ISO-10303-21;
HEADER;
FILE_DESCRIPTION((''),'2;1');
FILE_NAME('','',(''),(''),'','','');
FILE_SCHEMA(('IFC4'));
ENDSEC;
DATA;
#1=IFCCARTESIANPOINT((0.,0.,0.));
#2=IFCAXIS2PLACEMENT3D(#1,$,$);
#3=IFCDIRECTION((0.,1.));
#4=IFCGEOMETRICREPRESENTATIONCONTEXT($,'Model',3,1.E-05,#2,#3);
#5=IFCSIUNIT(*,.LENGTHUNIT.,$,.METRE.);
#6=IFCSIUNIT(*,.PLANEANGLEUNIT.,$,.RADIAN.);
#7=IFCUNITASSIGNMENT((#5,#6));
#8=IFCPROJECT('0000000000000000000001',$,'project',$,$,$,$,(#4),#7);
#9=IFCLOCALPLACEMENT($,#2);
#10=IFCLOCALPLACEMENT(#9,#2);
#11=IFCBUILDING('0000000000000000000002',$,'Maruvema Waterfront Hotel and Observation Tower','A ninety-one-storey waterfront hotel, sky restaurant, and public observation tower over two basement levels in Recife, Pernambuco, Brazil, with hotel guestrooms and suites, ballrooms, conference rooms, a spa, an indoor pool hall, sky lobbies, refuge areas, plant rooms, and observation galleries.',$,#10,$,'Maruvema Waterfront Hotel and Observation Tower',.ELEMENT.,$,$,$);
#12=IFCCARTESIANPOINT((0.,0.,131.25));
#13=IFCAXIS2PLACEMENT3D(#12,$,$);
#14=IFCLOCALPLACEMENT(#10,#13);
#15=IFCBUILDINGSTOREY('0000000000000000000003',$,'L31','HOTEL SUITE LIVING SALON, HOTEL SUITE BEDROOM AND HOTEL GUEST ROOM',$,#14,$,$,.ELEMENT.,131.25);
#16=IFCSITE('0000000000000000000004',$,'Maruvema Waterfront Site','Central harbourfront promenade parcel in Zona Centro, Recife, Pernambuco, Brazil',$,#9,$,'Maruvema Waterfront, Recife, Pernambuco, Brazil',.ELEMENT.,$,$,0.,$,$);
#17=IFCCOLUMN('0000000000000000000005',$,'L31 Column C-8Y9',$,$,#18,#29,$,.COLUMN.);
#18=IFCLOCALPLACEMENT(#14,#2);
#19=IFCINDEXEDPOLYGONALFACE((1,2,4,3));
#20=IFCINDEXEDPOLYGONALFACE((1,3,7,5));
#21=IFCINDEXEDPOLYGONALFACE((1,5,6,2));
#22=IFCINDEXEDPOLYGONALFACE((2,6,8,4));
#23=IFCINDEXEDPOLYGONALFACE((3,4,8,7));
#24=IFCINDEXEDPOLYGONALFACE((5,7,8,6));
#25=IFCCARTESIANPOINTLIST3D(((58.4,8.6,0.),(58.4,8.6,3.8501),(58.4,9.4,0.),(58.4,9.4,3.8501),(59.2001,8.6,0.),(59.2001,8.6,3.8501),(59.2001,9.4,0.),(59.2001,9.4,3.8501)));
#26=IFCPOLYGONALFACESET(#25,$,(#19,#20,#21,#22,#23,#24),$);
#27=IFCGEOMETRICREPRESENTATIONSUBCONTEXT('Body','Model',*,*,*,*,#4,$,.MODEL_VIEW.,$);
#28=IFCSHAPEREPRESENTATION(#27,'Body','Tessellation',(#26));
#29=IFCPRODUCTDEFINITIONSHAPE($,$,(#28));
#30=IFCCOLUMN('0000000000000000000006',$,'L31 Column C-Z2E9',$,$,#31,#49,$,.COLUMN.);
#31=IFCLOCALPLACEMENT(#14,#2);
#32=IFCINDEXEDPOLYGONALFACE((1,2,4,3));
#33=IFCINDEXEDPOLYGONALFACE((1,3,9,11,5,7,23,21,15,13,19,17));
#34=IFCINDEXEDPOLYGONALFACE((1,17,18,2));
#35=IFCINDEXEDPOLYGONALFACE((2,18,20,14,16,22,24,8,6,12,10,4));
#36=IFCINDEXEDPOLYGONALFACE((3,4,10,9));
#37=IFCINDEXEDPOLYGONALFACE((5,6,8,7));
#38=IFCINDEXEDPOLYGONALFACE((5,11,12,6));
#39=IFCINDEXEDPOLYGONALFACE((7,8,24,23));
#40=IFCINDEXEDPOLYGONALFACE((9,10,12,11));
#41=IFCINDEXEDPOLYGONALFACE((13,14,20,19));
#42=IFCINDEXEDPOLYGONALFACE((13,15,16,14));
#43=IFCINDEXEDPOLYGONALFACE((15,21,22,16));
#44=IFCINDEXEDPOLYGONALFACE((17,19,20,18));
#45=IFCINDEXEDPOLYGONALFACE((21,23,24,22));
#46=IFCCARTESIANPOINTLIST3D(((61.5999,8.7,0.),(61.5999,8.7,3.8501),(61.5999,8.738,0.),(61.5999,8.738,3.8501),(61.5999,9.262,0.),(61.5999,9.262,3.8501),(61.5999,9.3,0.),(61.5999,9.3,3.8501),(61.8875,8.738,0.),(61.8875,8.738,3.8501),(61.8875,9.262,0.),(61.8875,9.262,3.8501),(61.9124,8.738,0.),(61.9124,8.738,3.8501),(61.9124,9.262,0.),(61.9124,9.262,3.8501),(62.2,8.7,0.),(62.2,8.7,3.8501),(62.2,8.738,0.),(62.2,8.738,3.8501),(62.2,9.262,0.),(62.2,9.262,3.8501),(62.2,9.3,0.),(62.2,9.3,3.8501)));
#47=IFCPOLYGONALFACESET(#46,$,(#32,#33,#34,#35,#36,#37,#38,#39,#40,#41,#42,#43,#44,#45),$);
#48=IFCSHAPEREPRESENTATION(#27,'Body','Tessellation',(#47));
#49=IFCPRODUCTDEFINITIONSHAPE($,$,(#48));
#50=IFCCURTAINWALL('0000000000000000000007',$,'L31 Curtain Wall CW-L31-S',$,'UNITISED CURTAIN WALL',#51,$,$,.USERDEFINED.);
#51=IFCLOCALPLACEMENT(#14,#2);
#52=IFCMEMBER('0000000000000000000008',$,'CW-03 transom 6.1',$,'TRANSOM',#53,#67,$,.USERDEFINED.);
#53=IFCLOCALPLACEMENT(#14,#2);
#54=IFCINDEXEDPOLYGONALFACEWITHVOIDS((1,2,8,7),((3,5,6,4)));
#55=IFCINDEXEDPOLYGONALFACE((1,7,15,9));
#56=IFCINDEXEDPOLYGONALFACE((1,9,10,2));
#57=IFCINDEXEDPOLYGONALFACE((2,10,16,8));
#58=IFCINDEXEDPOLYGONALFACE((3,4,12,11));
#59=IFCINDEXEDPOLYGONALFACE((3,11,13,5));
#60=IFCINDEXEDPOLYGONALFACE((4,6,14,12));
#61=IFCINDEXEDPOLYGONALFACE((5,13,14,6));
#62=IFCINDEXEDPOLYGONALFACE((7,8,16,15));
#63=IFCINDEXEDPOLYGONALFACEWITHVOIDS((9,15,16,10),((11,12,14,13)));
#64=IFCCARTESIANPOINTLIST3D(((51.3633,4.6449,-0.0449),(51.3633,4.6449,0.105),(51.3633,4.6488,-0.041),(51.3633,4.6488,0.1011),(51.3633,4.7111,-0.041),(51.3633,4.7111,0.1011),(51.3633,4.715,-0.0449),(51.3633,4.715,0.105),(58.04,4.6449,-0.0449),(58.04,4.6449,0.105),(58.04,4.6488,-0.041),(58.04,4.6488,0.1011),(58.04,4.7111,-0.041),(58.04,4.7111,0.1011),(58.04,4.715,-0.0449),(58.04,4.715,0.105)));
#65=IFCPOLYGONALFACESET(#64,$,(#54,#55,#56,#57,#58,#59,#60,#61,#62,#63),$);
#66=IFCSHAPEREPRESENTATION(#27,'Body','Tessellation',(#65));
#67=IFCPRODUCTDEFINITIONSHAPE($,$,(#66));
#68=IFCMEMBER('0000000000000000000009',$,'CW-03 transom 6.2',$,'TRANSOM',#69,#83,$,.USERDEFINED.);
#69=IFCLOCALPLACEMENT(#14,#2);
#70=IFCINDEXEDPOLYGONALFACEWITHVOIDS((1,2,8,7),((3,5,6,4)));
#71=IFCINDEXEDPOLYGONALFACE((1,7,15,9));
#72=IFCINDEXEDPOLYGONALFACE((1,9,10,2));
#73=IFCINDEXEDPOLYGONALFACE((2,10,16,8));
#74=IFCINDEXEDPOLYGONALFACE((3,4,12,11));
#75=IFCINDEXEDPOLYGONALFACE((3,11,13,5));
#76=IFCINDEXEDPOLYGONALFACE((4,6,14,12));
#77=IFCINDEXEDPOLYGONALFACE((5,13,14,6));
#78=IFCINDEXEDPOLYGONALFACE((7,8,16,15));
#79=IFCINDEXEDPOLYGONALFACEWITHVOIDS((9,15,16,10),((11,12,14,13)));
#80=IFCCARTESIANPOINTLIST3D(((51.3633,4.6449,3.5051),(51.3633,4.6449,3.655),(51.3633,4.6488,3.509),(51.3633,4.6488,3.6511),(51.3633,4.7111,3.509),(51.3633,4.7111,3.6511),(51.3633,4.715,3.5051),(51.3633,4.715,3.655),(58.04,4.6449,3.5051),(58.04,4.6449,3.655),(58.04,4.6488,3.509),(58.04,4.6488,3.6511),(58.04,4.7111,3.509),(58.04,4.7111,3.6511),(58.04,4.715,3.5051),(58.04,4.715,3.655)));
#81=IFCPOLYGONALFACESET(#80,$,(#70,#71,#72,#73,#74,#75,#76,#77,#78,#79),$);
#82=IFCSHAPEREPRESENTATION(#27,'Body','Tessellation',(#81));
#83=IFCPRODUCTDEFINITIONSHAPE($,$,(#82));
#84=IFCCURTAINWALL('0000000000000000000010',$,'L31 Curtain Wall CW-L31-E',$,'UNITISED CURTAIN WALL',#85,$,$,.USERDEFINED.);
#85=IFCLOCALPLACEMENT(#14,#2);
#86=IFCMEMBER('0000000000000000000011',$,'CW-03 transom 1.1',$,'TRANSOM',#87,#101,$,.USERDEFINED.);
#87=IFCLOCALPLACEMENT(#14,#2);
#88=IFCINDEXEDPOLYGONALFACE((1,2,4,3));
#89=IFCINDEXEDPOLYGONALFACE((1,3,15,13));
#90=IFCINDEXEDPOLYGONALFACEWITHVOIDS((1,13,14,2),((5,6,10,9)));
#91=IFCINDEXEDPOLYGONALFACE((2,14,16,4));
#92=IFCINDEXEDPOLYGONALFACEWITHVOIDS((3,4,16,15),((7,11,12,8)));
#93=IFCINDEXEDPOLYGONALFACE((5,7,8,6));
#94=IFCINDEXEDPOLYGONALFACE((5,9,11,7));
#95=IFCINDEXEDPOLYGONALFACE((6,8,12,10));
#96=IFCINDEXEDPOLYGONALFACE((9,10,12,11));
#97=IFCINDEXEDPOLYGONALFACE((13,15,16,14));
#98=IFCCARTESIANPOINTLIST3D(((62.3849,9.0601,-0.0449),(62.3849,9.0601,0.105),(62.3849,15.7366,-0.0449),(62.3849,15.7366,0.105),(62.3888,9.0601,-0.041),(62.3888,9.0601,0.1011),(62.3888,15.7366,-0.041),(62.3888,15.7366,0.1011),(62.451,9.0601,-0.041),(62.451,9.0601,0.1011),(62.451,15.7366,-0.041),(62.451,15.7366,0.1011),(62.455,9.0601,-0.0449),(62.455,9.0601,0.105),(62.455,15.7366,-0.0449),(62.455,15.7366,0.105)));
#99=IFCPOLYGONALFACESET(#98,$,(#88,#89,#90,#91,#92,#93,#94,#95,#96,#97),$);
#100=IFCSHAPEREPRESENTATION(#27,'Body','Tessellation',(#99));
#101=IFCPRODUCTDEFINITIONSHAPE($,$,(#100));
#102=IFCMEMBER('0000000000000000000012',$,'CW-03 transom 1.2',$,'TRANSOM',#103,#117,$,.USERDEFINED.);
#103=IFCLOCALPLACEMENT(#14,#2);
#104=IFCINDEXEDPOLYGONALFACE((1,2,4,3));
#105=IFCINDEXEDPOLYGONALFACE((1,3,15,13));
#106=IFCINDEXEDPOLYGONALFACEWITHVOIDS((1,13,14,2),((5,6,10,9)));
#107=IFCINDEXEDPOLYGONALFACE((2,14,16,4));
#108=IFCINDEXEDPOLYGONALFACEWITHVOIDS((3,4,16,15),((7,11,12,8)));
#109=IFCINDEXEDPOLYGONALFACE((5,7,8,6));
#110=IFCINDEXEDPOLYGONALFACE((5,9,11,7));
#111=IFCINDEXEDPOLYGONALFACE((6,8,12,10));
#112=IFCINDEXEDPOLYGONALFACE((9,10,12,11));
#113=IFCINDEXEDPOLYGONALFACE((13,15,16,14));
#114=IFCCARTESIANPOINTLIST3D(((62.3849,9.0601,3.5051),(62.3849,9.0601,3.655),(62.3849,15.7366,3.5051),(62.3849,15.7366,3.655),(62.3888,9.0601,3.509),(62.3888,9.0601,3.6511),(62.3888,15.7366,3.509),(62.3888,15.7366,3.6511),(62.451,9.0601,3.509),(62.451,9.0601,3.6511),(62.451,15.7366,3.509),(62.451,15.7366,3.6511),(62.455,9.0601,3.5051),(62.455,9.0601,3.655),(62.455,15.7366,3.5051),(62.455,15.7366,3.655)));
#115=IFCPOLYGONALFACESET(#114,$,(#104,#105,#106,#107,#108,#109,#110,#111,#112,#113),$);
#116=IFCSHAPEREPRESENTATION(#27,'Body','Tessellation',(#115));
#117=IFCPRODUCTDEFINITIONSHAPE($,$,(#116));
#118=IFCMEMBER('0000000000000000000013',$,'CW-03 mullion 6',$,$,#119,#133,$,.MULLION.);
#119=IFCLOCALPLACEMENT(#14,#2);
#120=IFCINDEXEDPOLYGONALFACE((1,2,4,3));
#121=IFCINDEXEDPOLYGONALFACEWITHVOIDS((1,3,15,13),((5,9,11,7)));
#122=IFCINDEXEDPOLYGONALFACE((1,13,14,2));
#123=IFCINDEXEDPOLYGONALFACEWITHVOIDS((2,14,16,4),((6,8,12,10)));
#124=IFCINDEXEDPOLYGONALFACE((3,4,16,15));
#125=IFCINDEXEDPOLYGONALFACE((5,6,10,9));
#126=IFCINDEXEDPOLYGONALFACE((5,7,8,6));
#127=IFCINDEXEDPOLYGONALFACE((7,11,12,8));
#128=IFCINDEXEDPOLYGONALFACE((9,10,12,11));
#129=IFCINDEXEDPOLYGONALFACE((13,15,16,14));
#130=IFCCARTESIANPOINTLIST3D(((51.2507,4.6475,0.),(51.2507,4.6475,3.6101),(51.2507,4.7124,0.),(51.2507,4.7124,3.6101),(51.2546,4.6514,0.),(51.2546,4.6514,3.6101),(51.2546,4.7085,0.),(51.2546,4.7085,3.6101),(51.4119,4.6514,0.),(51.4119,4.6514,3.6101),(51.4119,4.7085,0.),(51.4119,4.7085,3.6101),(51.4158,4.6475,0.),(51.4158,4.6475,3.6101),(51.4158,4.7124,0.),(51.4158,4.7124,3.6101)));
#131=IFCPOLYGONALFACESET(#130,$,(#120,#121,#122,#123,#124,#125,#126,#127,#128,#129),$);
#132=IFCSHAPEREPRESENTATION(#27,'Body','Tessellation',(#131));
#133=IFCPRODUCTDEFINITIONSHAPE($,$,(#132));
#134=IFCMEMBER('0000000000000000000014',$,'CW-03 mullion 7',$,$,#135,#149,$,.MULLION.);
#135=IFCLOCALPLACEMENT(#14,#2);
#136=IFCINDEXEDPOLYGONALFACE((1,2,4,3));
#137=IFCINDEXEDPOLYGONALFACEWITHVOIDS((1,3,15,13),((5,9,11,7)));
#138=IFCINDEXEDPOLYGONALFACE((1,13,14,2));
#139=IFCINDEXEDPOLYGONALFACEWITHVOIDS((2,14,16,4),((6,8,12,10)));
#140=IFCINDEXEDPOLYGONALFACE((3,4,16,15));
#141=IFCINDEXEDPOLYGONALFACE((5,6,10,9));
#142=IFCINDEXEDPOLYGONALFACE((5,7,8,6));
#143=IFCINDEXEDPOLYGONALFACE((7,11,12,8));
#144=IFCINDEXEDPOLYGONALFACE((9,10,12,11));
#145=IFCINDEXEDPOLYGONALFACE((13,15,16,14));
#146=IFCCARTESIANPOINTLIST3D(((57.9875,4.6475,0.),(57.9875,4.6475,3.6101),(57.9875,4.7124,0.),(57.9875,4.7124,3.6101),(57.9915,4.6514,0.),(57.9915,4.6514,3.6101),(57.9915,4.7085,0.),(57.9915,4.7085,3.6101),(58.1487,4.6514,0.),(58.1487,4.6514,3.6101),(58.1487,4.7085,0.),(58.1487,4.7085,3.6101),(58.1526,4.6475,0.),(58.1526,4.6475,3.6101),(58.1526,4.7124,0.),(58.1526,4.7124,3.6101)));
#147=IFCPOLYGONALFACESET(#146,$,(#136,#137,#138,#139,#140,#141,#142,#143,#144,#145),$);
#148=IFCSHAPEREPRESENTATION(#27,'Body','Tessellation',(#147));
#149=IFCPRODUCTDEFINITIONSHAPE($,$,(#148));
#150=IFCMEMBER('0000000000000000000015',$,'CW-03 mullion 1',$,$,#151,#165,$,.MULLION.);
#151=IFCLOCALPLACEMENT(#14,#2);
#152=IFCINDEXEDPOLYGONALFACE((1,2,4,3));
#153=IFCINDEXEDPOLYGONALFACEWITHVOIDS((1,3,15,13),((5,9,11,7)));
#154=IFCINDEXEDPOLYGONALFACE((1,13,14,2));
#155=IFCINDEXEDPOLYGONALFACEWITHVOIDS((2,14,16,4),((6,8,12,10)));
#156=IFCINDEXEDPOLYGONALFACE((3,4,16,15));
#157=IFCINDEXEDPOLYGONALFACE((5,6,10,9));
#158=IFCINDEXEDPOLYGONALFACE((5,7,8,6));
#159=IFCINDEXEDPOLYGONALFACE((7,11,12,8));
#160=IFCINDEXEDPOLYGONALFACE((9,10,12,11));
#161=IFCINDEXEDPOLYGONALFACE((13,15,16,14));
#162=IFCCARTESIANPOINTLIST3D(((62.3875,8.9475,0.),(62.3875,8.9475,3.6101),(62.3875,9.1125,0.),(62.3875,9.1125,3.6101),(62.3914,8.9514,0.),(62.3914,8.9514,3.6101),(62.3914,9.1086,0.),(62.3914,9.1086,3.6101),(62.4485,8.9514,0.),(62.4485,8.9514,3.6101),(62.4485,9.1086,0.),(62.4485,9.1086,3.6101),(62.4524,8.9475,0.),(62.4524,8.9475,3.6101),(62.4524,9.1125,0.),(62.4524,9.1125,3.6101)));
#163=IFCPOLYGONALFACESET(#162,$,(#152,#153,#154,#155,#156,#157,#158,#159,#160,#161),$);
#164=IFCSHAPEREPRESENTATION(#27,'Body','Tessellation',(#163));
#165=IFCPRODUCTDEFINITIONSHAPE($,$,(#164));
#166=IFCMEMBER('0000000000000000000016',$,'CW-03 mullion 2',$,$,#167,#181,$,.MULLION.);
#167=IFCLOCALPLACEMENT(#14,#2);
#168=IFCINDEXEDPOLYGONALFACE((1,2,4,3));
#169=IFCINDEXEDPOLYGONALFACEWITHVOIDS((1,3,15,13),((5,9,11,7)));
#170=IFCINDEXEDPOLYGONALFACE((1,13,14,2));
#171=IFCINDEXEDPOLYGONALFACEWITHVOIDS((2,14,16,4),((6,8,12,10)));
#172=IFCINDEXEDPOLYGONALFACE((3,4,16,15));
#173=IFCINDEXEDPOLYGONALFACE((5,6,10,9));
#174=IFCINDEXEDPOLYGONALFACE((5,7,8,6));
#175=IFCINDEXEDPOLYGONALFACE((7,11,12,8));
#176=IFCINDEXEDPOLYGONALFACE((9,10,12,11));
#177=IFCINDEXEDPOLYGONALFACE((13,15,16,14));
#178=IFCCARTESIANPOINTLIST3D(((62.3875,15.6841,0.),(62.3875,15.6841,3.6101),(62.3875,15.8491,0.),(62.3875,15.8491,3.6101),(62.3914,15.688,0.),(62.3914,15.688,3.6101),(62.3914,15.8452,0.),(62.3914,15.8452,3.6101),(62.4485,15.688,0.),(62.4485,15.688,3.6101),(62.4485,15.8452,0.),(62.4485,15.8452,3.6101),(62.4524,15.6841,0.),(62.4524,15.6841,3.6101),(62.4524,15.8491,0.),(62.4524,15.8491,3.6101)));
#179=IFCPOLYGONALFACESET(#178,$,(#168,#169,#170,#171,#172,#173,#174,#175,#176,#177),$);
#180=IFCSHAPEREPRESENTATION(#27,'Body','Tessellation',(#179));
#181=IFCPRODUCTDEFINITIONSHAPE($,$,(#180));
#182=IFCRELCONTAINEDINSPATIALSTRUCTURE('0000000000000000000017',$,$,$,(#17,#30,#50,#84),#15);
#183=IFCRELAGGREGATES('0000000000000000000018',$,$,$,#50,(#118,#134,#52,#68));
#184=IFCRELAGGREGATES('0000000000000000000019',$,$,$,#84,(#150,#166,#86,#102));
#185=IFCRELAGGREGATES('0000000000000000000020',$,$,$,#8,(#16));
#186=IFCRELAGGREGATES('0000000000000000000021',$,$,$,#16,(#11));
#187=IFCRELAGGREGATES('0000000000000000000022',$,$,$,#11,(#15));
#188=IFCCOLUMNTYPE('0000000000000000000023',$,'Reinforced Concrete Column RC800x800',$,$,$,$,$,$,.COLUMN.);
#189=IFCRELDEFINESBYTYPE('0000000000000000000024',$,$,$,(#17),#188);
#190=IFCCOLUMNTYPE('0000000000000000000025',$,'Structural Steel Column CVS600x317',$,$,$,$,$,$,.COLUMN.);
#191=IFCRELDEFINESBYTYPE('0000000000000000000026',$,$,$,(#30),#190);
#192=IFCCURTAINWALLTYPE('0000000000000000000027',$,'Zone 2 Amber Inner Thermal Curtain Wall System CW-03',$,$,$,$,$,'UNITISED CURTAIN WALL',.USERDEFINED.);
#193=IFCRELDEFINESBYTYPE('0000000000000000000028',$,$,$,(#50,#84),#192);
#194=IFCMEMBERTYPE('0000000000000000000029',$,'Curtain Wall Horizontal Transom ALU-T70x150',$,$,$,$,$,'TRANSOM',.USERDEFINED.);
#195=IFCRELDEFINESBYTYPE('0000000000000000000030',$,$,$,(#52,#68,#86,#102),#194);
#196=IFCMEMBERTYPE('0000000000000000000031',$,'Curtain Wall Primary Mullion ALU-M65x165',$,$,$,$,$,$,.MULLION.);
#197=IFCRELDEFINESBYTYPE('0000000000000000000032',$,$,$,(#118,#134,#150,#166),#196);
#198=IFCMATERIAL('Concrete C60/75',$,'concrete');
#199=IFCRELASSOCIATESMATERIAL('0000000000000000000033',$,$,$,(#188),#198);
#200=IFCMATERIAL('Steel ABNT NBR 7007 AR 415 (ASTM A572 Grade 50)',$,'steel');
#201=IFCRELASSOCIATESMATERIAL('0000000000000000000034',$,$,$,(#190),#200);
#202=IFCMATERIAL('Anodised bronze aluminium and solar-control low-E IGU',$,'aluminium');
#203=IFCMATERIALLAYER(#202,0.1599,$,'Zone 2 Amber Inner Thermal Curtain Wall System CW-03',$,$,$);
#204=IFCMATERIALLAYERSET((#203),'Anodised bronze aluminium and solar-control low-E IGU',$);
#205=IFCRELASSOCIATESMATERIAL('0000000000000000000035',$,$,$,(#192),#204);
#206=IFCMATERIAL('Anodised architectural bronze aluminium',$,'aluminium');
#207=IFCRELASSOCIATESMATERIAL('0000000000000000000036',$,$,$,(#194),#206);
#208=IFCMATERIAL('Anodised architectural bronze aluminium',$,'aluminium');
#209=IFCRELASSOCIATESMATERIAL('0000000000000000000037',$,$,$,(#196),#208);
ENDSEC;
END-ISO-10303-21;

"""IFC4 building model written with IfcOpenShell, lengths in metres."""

from ifc_helpers import new_model, si_unit, direction, frame, origin, origin_2d, place, context, subcontext, project, spatial, rectangle, hollow_rectangle, i_section, extrude, material, layer, layer_set, material_profile, profile_set, type_object, element, aggregate, save


model = new_model("IFC4")

# Units and contexts
model_context = context("Model", 3, precision=1e-05, world=origin(), true_north=direction((0.0, 1.0)))
body_context = subcontext(model_context, "Body", "Model", "MODEL_VIEW")
ifc_project = project(units=[si_unit("LENGTHUNIT", "METRE"), si_unit("PLANEANGLEUNIT", "RADIAN")], contexts=[model_context])

# Site, building, storey
site_placement = place(None, origin())
site = spatial("IfcSite", under=ifc_project, at=site_placement, Name="Maruvema Waterfront Site", Description="Central harbourfront promenade parcel in Zona Centro, Recife, Pernambuco, Brazil", LongName="Maruvema Waterfront, Recife, Pernambuco, Brazil", CompositionType="ELEMENT", RefElevation=0.0)
building_placement = place(site_placement, origin())
building = spatial("IfcBuilding", under=site, at=building_placement, Name="Maruvema Waterfront Hotel and Observation Tower", Description="A ninety-one-storey waterfront hotel, sky restaurant, and public observation tower over two basement levels in Recife, Pernambuco, Brazil, with hotel guestrooms and suites, ballrooms, conference rooms, a spa, an indoor pool hall, sky lobbies, refuge areas, plant rooms, and observation galleries.", LongName="Maruvema Waterfront Hotel and Observation Tower", CompositionType="ELEMENT")
storey_placement = place(building_placement, frame((0.0, 0.0, 131.25)))
storey = spatial("IfcBuildingStorey", under=building, at=storey_placement, Name="L31", Description="HOTEL SUITE LIVING SALON, HOTEL SUITE BEDROOM AND HOTEL GUEST ROOM", CompositionType="ELEMENT", Elevation=131.25)

# Columns
ifc_material_1 = material(Name="Concrete C60/75", Category="concrete")
ifc_material_profile_1 = material_profile(ifc_material_1, rectangle(XDim=0.8, YDim=0.8, at=origin_2d()), Name="RC800x800")
ifc_profile_set_1 = profile_set([ifc_material_profile_1], Name="Concrete C60/75")
column_type_1 = type_object("IfcColumnType", Name="Reinforced Concrete Column RC800x800", PredefinedType="COLUMN", material=ifc_profile_set_1)
column_1_placement = place(storey_placement, frame((58.8, 9.0, 0.0), z_axis=(0.0, 0.0, 1.0), x_axis=(1.0, 0.0, 0.0)))
element("IfcColumn", 1, at=column_1_placement, inside=storey, type_object=column_type_1, Name="L31 Column C-8Y9", PredefinedType="COLUMN", context=body_context, shape_type="SweptSolid", body=[
    extrude(rectangle(XDim=0.8, YDim=0.8, at=origin_2d()), origin(), (0.0, 0.0, 1.0), 3.8501),
])
ifc_material_2 = material(Name="Steel ABNT NBR 7007 AR 415 (ASTM A572 Grade 50)", Category="steel")
ifc_material_profile_2 = material_profile(ifc_material_2, i_section(OverallWidth=0.6001, OverallDepth=0.6001, WebThickness=0.0249, FlangeThickness=0.0381, at=origin_2d()), Name="CVS600x317")
ifc_profile_set_2 = profile_set([ifc_material_profile_2], Name="Steel ABNT NBR 7007 AR 415 (ASTM A572 Grade 50)")
column_type_2 = type_object("IfcColumnType", Name="Structural Steel Column CVS600x317", PredefinedType="COLUMN", material=ifc_profile_set_2)
column_2_placement = place(storey_placement, frame((61.8999, 9.0, 0.0), z_axis=(0.0, 0.0, 1.0), x_axis=(1.0, 0.0, 0.0)))
element("IfcColumn", 2, at=column_2_placement, inside=storey, type_object=column_type_2, Name="L31 Column C-Z2E9", PredefinedType="COLUMN", context=body_context, shape_type="SweptSolid", body=[
    extrude(i_section(OverallWidth=0.6001, OverallDepth=0.6001, WebThickness=0.0249, FlangeThickness=0.0381, at=origin_2d()), origin(), (0.0, 0.0, 1.0), 3.8501),
])

# Curtain walls, members
ifc_material_3 = material(Name="Anodised bronze aluminium and solar-control low-E IGU", Category="aluminium")
ifc_layer_1 = layer(ifc_material_3, 0.1599, Name="Zone 2 Amber Inner Thermal Curtain Wall System CW-03")
ifc_layer_set_1 = layer_set([ifc_layer_1], Name="Anodised bronze aluminium and solar-control low-E IGU")
curtain_wall_type = type_object("IfcCurtainWallType", Name="Zone 2 Amber Inner Thermal Curtain Wall System CW-03", ElementType="UNITISED CURTAIN WALL", PredefinedType="USERDEFINED", material=ifc_layer_set_1)
curtain_wall_1_placement = place(storey_placement, origin())
curtain_wall_1 = element("IfcCurtainWall", 3, at=curtain_wall_1_placement, inside=storey, type_object=curtain_wall_type, Name="L31 Curtain Wall CW-L31-S", ObjectType="UNITISED CURTAIN WALL", PredefinedType="USERDEFINED")
ifc_material_4 = material(Name="Anodised architectural bronze aluminium", Category="aluminium")
ifc_material_profile_3 = material_profile(ifc_material_4, hollow_rectangle(XDim=0.0701, YDim=0.1499, WallThickness=0.0039, at=origin_2d()), Name="ALU-T70x150")
ifc_profile_set_3 = profile_set([ifc_material_profile_3], Name="Anodised architectural bronze aluminium")
member_type_1 = type_object("IfcMemberType", Name="Curtain Wall Horizontal Transom ALU-T70x150", ElementType="TRANSOM", PredefinedType="USERDEFINED", material=ifc_profile_set_3)
member_1_placement = place(storey_placement, frame((51.3633, 4.6799, 0.03), z_axis=(1.0, 0.0, 0.0), x_axis=(0.0, 1.0, 0.0)))
member_1 = element("IfcMember", 4, at=member_1_placement, type_object=member_type_1, Name="CW-03 transom 6.1", ObjectType="TRANSOM", PredefinedType="USERDEFINED", context=body_context, shape_type="SweptSolid", body=[
    extrude(hollow_rectangle(XDim=0.0701, YDim=0.1499, WallThickness=0.0039, at=origin_2d()), origin(), (0.0, 0.0, 1.0), 6.6768),
])
member_2_placement = place(storey_placement, frame((51.3633, 4.6799, 3.5801), z_axis=(1.0, 0.0, 0.0), x_axis=(0.0, 1.0, 0.0)))
member_2 = element("IfcMember", 5, at=member_2_placement, type_object=member_type_1, Name="CW-03 transom 6.2", ObjectType="TRANSOM", PredefinedType="USERDEFINED", context=body_context, shape_type="SweptSolid", body=[
    extrude(hollow_rectangle(XDim=0.0701, YDim=0.1499, WallThickness=0.0039, at=origin_2d()), origin(), (0.0, 0.0, 1.0), 6.6768),
])
curtain_wall_2_placement = place(storey_placement, origin())
curtain_wall_2 = element("IfcCurtainWall", 6, at=curtain_wall_2_placement, inside=storey, type_object=curtain_wall_type, Name="L31 Curtain Wall CW-L31-E", ObjectType="UNITISED CURTAIN WALL", PredefinedType="USERDEFINED")
member_3_placement = place(storey_placement, frame((62.4199, 9.0601, 0.03), z_axis=(0.0, 1.0, 0.0), x_axis=(-1.0, 0.0, 0.0)))
member_3 = element("IfcMember", 7, at=member_3_placement, type_object=member_type_1, Name="CW-03 transom 1.1", ObjectType="TRANSOM", PredefinedType="USERDEFINED", context=body_context, shape_type="SweptSolid", body=[
    extrude(hollow_rectangle(XDim=0.0701, YDim=0.1499, WallThickness=0.0039, at=origin_2d()), origin(), (0.0, 0.0, 1.0), 6.6765),
])
member_4_placement = place(storey_placement, frame((62.4199, 9.0601, 3.5801), z_axis=(0.0, 1.0, 0.0), x_axis=(-1.0, 0.0, 0.0)))
member_4 = element("IfcMember", 8, at=member_4_placement, type_object=member_type_1, Name="CW-03 transom 1.2", ObjectType="TRANSOM", PredefinedType="USERDEFINED", context=body_context, shape_type="SweptSolid", body=[
    extrude(hollow_rectangle(XDim=0.0701, YDim=0.1499, WallThickness=0.0039, at=origin_2d()), origin(), (0.0, 0.0, 1.0), 6.6765),
])

# Members
ifc_material_5 = material(Name="Anodised architectural bronze aluminium", Category="aluminium")
ifc_material_profile_4 = material_profile(ifc_material_5, hollow_rectangle(XDim=0.0649, YDim=0.165, WallThickness=0.0039, at=origin_2d()), Name="ALU-M65x165")
ifc_profile_set_4 = profile_set([ifc_material_profile_4], Name="Anodised architectural bronze aluminium")
member_type_2 = type_object("IfcMemberType", Name="Curtain Wall Primary Mullion ALU-M65x165", PredefinedType="MULLION", material=ifc_profile_set_4)
member_5_placement = place(storey_placement, frame((51.3333, 4.6799, 0.0), z_axis=(0.0, 0.0, 1.0), x_axis=(0.0, 1.0, 0.0)))
member_5 = element("IfcMember", 9, at=member_5_placement, type_object=member_type_2, Name="CW-03 mullion 6", PredefinedType="MULLION", context=body_context, shape_type="SweptSolid", body=[
    extrude(hollow_rectangle(XDim=0.0649, YDim=0.165, WallThickness=0.0039, at=origin_2d()), origin(), (0.0, 0.0, 1.0), 3.6101),
])
member_6_placement = place(storey_placement, frame((58.0701, 4.6799, 0.0), z_axis=(0.0, 0.0, 1.0), x_axis=(0.0, 1.0, 0.0)))
member_6 = element("IfcMember", 10, at=member_6_placement, type_object=member_type_2, Name="CW-03 mullion 7", PredefinedType="MULLION", context=body_context, shape_type="SweptSolid", body=[
    extrude(hollow_rectangle(XDim=0.0649, YDim=0.165, WallThickness=0.0039, at=origin_2d()), origin(), (0.0, 0.0, 1.0), 3.6101),
])
member_7_placement = place(storey_placement, frame((62.4199, 9.03, 0.0), z_axis=(0.0, 0.0, 1.0), x_axis=(-1.0, 0.0, 0.0)))
member_7 = element("IfcMember", 11, at=member_7_placement, type_object=member_type_2, Name="CW-03 mullion 1", PredefinedType="MULLION", context=body_context, shape_type="SweptSolid", body=[
    extrude(hollow_rectangle(XDim=0.0649, YDim=0.165, WallThickness=0.0039, at=origin_2d()), origin(), (0.0, 0.0, 1.0), 3.6101),
])
member_8_placement = place(storey_placement, frame((62.4199, 15.7666, 0.0), z_axis=(0.0, 0.0, 1.0), x_axis=(-1.0, 0.0, 0.0)))
member_8 = element("IfcMember", 12, at=member_8_placement, type_object=member_type_2, Name="CW-03 mullion 2", PredefinedType="MULLION", context=body_context, shape_type="SweptSolid", body=[
    extrude(hollow_rectangle(XDim=0.0649, YDim=0.165, WallThickness=0.0039, at=origin_2d()), origin(), (0.0, 0.0, 1.0), 3.6101),
])

aggregate(curtain_wall_1, [member_5, member_6, member_1, member_2])
aggregate(curtain_wall_2, [member_7, member_8, member_3, member_4])

save(model, "model.ifc")
